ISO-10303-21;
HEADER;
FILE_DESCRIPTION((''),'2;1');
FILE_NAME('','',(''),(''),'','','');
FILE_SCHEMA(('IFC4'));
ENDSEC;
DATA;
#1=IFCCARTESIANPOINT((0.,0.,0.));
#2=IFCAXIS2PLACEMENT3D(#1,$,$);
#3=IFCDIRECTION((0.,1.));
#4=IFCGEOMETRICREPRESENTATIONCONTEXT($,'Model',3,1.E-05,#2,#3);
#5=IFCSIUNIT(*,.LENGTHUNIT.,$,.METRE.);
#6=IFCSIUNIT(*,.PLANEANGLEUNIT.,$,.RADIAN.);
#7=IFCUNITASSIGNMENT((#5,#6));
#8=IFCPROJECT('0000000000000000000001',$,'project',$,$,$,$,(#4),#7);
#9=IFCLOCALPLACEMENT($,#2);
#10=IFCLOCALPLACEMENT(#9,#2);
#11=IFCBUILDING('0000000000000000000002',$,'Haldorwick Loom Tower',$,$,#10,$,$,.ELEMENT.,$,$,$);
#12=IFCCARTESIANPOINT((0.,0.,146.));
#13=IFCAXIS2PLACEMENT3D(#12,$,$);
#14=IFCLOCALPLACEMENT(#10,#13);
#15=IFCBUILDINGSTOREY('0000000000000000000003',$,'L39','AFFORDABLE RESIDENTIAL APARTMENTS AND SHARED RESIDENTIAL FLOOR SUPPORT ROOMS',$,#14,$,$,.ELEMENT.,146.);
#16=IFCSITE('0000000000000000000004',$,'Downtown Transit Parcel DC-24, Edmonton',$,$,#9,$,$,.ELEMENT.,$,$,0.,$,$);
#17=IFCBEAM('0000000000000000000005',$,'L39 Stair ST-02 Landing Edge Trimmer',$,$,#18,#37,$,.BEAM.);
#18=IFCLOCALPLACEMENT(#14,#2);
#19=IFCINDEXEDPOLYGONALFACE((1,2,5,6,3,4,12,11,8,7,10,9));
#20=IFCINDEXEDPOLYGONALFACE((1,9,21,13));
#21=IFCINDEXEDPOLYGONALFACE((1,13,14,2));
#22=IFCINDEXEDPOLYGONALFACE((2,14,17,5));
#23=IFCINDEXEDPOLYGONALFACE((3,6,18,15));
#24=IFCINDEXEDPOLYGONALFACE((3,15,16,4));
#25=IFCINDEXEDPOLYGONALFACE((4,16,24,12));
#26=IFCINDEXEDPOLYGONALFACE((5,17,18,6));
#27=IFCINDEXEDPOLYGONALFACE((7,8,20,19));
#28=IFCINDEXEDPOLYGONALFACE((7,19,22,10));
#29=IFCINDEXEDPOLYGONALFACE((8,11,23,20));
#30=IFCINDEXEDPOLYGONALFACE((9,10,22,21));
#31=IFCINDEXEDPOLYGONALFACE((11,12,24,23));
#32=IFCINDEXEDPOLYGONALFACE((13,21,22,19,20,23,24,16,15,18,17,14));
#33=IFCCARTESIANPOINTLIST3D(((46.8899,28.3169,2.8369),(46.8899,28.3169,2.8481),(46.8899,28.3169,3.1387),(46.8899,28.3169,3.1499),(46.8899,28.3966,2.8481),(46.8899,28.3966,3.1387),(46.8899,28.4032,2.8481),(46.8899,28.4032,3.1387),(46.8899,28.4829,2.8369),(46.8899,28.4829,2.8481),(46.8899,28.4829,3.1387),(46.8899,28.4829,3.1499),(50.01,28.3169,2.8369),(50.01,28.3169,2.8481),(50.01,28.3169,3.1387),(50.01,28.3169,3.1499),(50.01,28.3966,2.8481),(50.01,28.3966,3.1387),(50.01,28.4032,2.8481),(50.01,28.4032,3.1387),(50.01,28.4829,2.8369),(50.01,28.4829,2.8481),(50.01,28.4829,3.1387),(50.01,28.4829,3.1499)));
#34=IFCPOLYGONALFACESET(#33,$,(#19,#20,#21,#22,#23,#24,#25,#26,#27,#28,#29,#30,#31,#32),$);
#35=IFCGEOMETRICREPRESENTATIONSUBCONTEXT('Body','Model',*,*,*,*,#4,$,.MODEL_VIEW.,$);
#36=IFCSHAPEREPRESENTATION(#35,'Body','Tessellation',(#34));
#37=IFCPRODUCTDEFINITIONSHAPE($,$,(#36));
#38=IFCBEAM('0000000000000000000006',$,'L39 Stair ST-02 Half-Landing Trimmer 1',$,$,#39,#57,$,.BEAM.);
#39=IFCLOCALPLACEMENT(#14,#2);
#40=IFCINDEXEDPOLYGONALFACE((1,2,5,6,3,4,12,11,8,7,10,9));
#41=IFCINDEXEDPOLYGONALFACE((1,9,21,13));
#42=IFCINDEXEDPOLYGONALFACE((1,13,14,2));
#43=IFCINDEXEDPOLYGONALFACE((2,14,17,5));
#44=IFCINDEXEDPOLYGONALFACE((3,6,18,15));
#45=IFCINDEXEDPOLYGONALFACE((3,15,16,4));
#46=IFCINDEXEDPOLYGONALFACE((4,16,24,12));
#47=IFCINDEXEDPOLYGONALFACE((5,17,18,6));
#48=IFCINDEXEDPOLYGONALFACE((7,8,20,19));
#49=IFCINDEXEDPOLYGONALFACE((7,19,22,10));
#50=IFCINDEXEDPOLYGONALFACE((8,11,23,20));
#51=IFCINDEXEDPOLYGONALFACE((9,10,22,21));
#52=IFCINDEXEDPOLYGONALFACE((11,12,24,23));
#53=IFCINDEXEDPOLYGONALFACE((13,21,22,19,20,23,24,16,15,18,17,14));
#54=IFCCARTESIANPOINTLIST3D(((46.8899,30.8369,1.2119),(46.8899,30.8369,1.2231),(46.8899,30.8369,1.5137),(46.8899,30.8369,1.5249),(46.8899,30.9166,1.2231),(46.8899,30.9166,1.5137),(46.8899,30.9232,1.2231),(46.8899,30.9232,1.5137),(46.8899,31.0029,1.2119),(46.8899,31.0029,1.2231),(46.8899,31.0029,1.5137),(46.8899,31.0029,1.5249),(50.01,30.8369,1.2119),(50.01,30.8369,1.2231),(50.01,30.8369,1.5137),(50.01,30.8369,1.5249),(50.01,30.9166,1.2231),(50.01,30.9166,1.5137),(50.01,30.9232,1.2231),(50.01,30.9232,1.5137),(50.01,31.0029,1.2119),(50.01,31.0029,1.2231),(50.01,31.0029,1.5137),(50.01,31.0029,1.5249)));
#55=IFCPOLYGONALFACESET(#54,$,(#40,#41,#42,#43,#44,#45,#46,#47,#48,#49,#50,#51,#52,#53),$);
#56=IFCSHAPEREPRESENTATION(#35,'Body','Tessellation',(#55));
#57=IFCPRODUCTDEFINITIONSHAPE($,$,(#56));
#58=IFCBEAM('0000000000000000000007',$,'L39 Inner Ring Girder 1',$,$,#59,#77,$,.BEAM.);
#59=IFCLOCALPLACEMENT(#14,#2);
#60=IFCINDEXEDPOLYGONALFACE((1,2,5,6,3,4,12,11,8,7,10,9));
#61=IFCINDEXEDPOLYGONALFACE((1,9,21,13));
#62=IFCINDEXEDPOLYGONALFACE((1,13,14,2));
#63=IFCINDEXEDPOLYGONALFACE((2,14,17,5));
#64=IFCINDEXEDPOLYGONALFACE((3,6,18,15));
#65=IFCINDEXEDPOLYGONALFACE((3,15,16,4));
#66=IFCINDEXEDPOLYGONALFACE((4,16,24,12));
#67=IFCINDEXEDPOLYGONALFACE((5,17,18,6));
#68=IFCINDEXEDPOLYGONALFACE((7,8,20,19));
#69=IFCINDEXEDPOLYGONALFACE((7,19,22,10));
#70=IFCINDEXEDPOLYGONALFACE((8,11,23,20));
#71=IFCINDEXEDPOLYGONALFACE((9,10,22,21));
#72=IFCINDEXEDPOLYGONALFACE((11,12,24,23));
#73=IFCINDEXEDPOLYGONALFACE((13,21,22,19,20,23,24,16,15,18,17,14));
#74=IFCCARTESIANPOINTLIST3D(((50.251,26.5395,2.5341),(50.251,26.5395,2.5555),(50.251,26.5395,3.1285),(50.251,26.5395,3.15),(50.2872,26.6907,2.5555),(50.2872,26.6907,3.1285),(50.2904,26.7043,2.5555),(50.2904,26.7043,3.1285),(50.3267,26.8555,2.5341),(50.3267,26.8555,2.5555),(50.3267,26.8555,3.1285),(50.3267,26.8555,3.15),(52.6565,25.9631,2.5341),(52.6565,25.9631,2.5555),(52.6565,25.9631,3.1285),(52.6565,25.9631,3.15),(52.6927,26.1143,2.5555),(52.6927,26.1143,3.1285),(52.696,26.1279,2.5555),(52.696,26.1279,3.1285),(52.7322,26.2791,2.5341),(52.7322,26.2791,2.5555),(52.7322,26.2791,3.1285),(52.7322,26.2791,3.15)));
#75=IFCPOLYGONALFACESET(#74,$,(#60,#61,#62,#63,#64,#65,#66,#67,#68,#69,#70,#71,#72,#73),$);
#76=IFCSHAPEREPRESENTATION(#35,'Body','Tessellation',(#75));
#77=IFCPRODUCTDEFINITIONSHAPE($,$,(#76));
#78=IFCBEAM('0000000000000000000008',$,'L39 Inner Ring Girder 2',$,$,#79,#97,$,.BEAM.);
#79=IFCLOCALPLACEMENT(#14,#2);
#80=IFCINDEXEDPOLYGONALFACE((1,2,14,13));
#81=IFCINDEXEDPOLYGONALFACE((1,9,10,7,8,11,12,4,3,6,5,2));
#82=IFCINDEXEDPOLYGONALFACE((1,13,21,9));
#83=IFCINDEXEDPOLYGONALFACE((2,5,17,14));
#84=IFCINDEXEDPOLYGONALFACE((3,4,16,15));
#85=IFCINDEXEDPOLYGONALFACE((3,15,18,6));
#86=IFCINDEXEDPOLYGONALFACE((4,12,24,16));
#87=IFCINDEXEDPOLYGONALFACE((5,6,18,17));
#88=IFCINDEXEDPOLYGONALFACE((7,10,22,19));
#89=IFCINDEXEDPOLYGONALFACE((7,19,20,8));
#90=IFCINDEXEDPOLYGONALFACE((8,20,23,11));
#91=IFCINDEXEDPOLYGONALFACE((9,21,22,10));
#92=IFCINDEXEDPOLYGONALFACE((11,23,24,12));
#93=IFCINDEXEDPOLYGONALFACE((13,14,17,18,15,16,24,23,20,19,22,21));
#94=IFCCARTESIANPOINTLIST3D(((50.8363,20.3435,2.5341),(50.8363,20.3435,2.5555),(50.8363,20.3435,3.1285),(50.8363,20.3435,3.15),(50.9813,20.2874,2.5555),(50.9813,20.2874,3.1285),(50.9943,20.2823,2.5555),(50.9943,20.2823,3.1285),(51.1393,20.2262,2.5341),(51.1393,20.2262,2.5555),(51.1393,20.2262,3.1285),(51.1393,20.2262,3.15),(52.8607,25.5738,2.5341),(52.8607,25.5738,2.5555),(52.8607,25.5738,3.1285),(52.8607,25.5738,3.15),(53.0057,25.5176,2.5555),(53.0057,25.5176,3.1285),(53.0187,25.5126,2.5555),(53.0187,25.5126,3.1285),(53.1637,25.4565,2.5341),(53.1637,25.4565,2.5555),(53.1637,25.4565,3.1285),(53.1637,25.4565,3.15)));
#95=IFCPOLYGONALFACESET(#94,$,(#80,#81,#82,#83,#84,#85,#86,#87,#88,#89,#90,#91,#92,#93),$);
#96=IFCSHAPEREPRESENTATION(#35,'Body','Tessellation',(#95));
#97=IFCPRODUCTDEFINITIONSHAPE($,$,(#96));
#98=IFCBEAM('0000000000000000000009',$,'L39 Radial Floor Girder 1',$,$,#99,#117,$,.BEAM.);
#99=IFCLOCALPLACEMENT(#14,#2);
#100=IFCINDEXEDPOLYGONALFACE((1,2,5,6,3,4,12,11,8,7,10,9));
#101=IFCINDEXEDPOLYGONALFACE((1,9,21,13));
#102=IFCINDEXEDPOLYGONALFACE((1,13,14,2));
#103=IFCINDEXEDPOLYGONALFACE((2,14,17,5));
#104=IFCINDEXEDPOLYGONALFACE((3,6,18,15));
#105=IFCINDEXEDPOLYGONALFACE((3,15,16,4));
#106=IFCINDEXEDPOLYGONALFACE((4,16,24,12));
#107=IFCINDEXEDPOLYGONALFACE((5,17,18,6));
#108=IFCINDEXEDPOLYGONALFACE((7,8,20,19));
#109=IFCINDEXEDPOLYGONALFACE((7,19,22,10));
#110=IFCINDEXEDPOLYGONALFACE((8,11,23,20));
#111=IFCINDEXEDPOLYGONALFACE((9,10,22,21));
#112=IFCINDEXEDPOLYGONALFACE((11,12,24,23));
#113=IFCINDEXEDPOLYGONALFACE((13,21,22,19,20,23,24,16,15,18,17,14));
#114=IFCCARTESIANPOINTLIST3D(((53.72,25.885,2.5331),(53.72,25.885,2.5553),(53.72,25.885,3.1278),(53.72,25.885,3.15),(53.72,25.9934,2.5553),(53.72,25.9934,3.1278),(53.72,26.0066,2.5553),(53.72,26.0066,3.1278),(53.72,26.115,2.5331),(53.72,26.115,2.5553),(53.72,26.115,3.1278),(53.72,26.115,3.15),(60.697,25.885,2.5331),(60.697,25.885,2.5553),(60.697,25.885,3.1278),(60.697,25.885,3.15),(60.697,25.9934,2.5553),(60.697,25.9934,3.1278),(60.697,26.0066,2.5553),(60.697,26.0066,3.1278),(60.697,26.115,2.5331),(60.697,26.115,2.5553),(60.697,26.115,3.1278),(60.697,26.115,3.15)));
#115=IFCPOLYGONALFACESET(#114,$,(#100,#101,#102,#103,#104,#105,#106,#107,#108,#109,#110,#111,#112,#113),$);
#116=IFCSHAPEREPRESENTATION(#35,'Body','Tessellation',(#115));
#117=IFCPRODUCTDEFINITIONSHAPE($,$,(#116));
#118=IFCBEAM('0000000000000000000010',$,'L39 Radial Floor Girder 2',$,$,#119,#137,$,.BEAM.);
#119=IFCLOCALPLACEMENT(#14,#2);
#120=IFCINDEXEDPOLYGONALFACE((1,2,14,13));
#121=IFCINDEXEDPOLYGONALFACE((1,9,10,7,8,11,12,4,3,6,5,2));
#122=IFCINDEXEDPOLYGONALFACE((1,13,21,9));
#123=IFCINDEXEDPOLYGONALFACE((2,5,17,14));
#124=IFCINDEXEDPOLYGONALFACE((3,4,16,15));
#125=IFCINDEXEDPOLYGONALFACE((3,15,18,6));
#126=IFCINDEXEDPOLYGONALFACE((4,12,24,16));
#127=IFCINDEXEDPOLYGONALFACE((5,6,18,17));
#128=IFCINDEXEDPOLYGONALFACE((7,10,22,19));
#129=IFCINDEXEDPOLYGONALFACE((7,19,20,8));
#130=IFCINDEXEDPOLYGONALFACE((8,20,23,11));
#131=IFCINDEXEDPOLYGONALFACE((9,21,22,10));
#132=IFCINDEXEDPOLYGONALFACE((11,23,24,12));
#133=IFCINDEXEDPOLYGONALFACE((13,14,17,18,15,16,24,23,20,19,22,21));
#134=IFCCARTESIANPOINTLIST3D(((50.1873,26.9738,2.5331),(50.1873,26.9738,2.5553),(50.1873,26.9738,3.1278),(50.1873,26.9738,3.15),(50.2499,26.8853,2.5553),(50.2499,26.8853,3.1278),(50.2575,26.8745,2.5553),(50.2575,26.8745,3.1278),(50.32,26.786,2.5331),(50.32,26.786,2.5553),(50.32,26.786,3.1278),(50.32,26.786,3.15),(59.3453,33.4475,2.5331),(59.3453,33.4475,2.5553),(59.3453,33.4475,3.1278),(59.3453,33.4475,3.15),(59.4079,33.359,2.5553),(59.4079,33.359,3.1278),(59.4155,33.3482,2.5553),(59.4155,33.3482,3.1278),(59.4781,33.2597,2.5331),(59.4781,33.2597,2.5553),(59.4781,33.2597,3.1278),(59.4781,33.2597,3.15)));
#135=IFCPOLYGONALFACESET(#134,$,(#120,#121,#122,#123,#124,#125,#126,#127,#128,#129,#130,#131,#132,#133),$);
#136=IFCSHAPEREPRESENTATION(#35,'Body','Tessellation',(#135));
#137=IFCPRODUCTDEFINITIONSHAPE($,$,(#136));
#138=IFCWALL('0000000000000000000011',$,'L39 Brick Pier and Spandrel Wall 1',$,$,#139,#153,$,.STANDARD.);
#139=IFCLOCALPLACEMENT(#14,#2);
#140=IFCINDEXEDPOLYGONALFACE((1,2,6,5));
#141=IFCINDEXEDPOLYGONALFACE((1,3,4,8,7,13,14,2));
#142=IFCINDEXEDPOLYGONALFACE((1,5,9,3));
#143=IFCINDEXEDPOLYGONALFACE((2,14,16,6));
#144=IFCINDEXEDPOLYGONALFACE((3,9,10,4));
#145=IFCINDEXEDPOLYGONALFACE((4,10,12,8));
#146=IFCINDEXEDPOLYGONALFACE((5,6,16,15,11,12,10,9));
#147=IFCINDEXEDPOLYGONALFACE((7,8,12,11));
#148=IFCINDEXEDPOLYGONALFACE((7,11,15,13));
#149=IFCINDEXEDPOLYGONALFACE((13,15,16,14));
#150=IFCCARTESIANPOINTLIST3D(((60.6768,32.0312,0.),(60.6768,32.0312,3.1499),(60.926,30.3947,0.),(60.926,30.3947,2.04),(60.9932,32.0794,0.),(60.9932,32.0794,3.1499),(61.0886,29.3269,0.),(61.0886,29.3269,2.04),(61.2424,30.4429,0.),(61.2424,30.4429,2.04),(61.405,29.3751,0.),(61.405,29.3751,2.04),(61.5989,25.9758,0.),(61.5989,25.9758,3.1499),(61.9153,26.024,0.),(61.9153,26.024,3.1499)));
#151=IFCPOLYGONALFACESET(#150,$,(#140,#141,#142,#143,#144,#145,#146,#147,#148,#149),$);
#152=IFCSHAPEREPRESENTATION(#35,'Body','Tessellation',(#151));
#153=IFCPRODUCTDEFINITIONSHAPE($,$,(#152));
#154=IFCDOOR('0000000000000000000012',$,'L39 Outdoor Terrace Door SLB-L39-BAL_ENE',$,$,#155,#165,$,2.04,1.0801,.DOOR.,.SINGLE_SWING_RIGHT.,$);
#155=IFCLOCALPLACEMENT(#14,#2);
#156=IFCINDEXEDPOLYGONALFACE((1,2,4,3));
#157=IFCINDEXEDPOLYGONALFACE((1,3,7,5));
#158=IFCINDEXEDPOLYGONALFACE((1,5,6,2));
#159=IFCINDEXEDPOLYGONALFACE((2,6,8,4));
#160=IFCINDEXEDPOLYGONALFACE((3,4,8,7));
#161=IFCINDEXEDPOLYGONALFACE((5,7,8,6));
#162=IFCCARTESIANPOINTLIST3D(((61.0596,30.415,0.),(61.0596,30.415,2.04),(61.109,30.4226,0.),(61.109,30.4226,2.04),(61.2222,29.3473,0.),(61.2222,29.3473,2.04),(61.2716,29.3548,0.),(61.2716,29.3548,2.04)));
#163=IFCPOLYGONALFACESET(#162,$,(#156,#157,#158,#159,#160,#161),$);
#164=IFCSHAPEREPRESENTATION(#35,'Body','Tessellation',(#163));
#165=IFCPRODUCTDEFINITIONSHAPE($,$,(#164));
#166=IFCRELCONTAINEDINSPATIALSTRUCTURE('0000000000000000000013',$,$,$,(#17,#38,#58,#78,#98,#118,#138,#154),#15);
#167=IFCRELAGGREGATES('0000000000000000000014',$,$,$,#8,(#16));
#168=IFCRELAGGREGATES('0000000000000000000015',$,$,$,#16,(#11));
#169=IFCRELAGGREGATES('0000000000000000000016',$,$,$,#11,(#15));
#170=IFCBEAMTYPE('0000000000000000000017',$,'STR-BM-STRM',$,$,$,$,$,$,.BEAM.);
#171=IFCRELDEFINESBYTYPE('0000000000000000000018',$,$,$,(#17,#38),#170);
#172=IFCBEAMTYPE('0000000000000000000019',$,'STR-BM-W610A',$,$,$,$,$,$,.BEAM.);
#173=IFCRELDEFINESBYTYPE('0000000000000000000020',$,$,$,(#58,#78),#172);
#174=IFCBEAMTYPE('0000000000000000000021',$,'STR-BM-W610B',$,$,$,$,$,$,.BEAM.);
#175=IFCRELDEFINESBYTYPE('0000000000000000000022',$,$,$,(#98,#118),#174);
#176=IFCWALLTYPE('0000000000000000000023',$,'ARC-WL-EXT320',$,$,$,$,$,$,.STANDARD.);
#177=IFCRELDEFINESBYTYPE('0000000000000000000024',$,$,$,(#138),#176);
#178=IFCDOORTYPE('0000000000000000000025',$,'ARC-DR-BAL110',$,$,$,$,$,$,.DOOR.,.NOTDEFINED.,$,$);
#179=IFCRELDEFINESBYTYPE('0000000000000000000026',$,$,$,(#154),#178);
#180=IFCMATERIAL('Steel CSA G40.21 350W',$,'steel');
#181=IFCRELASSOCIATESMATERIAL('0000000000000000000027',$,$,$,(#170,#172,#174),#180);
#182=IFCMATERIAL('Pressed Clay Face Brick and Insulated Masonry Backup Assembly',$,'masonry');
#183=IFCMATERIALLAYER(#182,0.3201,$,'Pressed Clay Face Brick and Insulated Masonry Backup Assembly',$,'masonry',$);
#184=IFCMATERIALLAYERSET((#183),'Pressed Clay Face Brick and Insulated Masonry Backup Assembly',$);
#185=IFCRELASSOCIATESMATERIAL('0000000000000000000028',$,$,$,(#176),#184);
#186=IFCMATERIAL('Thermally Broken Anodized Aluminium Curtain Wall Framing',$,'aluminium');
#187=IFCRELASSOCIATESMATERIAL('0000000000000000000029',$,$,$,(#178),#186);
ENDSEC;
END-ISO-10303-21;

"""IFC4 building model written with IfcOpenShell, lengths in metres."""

from ifc_helpers import new_model, si_unit, direction, frame, frame_2d, origin, origin_2d, place, context, subcontext, project, spatial, rectangle, i_section, extrude, material, layer, layer_set, material_profile, profile_set, type_object, element, fill, save


model = new_model("IFC4")

# Units and contexts
model_context = context("Model", 3, precision=1e-05, world=origin(), true_north=direction((0.0, 1.0)))
body_context = subcontext(model_context, "Body", "Model", "MODEL_VIEW")
ifc_project = project(units=[si_unit("LENGTHUNIT", "METRE"), si_unit("PLANEANGLEUNIT", "RADIAN")], contexts=[model_context])

# Site, building, storey
site_placement = place(None, origin())
site = spatial("IfcSite", under=ifc_project, at=site_placement, Name="Downtown Transit Parcel DC-24, Edmonton", CompositionType="ELEMENT", RefElevation=0.0)
building_placement = place(site_placement, origin())
building = spatial("IfcBuilding", under=site, at=building_placement, Name="Haldorwick Loom Tower", CompositionType="ELEMENT")
storey_placement = place(building_placement, frame((0.0, 0.0, 146.0)))
storey = spatial("IfcBuildingStorey", under=building, at=storey_placement, Name="L39", Description="AFFORDABLE RESIDENTIAL APARTMENTS AND SHARED RESIDENTIAL FLOOR SUPPORT ROOMS", CompositionType="ELEMENT", Elevation=146.0)

# Beams
ifc_material_1 = material(Name="Steel CSA G40.21 350W", Category="steel")
ifc_material_profile_1 = material_profile(ifc_material_1, i_section(OverallWidth=0.166, OverallDepth=0.313, WebThickness=0.0066, FlangeThickness=0.0112, at=origin_2d()), Name="W310X45", Category="steel")
ifc_profile_set_1 = profile_set([ifc_material_profile_1], Name="Steel CSA G40.21 350W")
beam_type_1 = type_object("IfcBeamType", Name="STR-BM-STRM", PredefinedType="BEAM", material=ifc_profile_set_1)
for number, where, z_axis, x_axis, name in (
    (1, (46.8899, 28.3999, 2.9934), (1.0, 0.0, 0.0), (0.0, 1.0, 0.0), "L39 Stair ST-02 Landing Edge Trimmer"),
    (2, (46.8899, 30.9199, 1.3684), (1.0, 0.0, 0.0), (0.0, 1.0, 0.0), "L39 Stair ST-02 Half-Landing Trimmer 1"),
):
    element("IfcBeam", number, at=place(storey_placement, frame(where, z_axis=z_axis, x_axis=x_axis)), inside=storey, type_object=beam_type_1, Name=name, PredefinedType="BEAM", context=body_context, shape_type="SweptSolid", body=[
        extrude(i_section(OverallWidth=0.166, OverallDepth=0.313, WebThickness=0.0066, FlangeThickness=0.0112, at=origin_2d()), origin(), (0.0, 0.0, 1.0), 3.1201),
    ])
ifc_material_profile_2 = material_profile(ifc_material_1, i_section(OverallWidth=0.325, OverallDepth=0.616, WebThickness=0.0139, FlangeThickness=0.0215, at=origin_2d()), Name="W610X174", Category="steel")
ifc_profile_set_2 = profile_set([ifc_material_profile_2], Name="Steel CSA G40.21 350W")
beam_type_2 = type_object("IfcBeamType", Name="STR-BM-W610A", PredefinedType="BEAM", material=ifc_profile_set_2)
beam_1_placement = place(storey_placement, frame((50.2888, 26.6975, 2.842), z_axis=(0.972471, -0.233026, 0.0), x_axis=(0.233026, 0.972471, 0.0)))
element("IfcBeam", 3, at=beam_1_placement, inside=storey, type_object=beam_type_2, Name="L39 Inner Ring Girder 1", PredefinedType="BEAM", context=body_context, shape_type="SweptSolid", body=[
    extrude(i_section(OverallWidth=0.325, OverallDepth=0.616, WebThickness=0.0139, FlangeThickness=0.0215, at=origin_2d()), origin(), (0.0, 0.0, 1.0), 2.4736),
])
beam_2_placement = place(storey_placement, frame((53.0122, 25.5151, 2.842), z_axis=(-0.360965, -0.932579, 0.0), x_axis=(0.932579, -0.360965, 0.0)))
element("IfcBeam", 4, at=beam_2_placement, inside=storey, type_object=beam_type_2, Name="L39 Inner Ring Girder 2", PredefinedType="BEAM", context=body_context, shape_type="SweptSolid", body=[
    extrude(i_section(OverallWidth=0.325, OverallDepth=0.616, WebThickness=0.0139, FlangeThickness=0.0215, at=origin_2d()), origin(), (0.0, 0.0, 1.0), 5.6084),
])
ifc_material_profile_3 = material_profile(ifc_material_1, i_section(OverallWidth=0.23, OverallDepth=0.6169, WebThickness=0.0132, FlangeThickness=0.0222, at=origin_2d()), Name="W610X140", Category="steel")
ifc_profile_set_3 = profile_set([ifc_material_profile_3], Name="Steel CSA G40.21 350W")
beam_type_3 = type_object("IfcBeamType", Name="STR-BM-W610B", PredefinedType="BEAM", material=ifc_profile_set_3)
beam_3_placement = place(storey_placement, frame((53.72, 26.0, 2.8416), z_axis=(1.0, 0.0, 0.0), x_axis=(0.0, 1.0, 0.0)))
element("IfcBeam", 5, at=beam_3_placement, inside=storey, type_object=beam_type_3, Name="L39 Radial Floor Girder 1", PredefinedType="BEAM", context=body_context, shape_type="SweptSolid", body=[
    extrude(i_section(OverallWidth=0.23, OverallDepth=0.6169, WebThickness=0.0132, FlangeThickness=0.0222, at=origin_2d()), origin(), (0.0, 0.0, 1.0), 6.9771),
])
beam_4_placement = place(storey_placement, frame((50.2537, 26.8799, 2.8416), z_axis=(0.816582, 0.57723, 0.0), x_axis=(-0.57723, 0.816582, 0.0)))
element("IfcBeam", 6, at=beam_4_placement, inside=storey, type_object=beam_type_3, Name="L39 Radial Floor Girder 2", PredefinedType="BEAM", context=body_context, shape_type="SweptSolid", body=[
    extrude(i_section(OverallWidth=0.23, OverallDepth=0.6169, WebThickness=0.0132, FlangeThickness=0.0222, at=origin_2d()), origin(), (0.0, 0.0, 1.0), 11.2151),
])

# Wall, opening, door
ifc_material_2 = material(Name="Pressed Clay Face Brick and Insulated Masonry Backup Assembly", Category="masonry")
ifc_layer_1 = layer(ifc_material_2, 0.3201, Name="Pressed Clay Face Brick and Insulated Masonry Backup Assembly", Category="masonry")
ifc_layer_set_1 = layer_set([ifc_layer_1], Name="Pressed Clay Face Brick and Insulated Masonry Backup Assembly")
wall_type_1 = type_object("IfcWallType", Name="ARC-WL-EXT320", PredefinedType="STANDARD", material=ifc_layer_set_1)
wall_1_placement = place(storey_placement, frame((61.7571, 26.0, 0.0), z_axis=(0.0, 0.0, 1.0), x_axis=(-0.150544, 0.988603, 0.0)))
wall_1 = element("IfcWall", 7, at=wall_1_placement, inside=storey, type_object=wall_type_1, Name="L39 Brick Pier and Spandrel Wall 1", PredefinedType="STANDARD", context=body_context, shape_type="SweptSolid", body=[
    extrude(rectangle(XDim=6.1252, YDim=0.3201, at=frame_2d((3.0625, 0.0))), origin(), (0.0, 0.0, 1.0), 3.1499),
])
opening_1_placement = place(wall_1_placement, frame((3.3896, 0.0, 0.0)))
opening_1 = element("IfcOpeningElement", 8, at=opening_1_placement, cuts=wall_1, PredefinedType="OPENING", context=body_context, shape_type="SweptSolid", body=[
    extrude(rectangle(XDim=1.0801, YDim=2.04, at=frame_2d((0.54, 1.02))), frame((0.0, 0.1699, 0.0), z_axis=(0.0, -1.0, 0.0), x_axis=(1.0, 0.0, 0.0)), (0.0, 0.0, 1.0), 0.3401),
])
ifc_material_3 = material(Name="Thermally Broken Anodized Aluminium Curtain Wall Framing", Category="aluminium")
door_type_1 = type_object("IfcDoorType", Name="ARC-DR-BAL110", OperationType="NOTDEFINED", PredefinedType="DOOR", material=ifc_material_3)
door_1_placement = place(opening_1_placement, origin())
door_1 = element("IfcDoor", 9, at=door_1_placement, inside=storey, type_object=door_type_1, Name="L39 Outdoor Terrace Door SLB-L39-BAL_ENE", OperationType="SINGLE_SWING_RIGHT", OverallHeight=2.04, OverallWidth=1.0801, PredefinedType="DOOR", context=body_context, shape_type="SweptSolid", body=[
    extrude(rectangle(XDim=1.0801, YDim=2.04, at=frame_2d((0.54, 1.02))), frame((0.0, 0.0249, 0.0), z_axis=(0.0, -1.0, 0.0), x_axis=(1.0, 0.0, 0.0)), (0.0, 0.0, 1.0), 0.05),
])
fill(opening_1, door_1)

save(model, "model.ifc")
